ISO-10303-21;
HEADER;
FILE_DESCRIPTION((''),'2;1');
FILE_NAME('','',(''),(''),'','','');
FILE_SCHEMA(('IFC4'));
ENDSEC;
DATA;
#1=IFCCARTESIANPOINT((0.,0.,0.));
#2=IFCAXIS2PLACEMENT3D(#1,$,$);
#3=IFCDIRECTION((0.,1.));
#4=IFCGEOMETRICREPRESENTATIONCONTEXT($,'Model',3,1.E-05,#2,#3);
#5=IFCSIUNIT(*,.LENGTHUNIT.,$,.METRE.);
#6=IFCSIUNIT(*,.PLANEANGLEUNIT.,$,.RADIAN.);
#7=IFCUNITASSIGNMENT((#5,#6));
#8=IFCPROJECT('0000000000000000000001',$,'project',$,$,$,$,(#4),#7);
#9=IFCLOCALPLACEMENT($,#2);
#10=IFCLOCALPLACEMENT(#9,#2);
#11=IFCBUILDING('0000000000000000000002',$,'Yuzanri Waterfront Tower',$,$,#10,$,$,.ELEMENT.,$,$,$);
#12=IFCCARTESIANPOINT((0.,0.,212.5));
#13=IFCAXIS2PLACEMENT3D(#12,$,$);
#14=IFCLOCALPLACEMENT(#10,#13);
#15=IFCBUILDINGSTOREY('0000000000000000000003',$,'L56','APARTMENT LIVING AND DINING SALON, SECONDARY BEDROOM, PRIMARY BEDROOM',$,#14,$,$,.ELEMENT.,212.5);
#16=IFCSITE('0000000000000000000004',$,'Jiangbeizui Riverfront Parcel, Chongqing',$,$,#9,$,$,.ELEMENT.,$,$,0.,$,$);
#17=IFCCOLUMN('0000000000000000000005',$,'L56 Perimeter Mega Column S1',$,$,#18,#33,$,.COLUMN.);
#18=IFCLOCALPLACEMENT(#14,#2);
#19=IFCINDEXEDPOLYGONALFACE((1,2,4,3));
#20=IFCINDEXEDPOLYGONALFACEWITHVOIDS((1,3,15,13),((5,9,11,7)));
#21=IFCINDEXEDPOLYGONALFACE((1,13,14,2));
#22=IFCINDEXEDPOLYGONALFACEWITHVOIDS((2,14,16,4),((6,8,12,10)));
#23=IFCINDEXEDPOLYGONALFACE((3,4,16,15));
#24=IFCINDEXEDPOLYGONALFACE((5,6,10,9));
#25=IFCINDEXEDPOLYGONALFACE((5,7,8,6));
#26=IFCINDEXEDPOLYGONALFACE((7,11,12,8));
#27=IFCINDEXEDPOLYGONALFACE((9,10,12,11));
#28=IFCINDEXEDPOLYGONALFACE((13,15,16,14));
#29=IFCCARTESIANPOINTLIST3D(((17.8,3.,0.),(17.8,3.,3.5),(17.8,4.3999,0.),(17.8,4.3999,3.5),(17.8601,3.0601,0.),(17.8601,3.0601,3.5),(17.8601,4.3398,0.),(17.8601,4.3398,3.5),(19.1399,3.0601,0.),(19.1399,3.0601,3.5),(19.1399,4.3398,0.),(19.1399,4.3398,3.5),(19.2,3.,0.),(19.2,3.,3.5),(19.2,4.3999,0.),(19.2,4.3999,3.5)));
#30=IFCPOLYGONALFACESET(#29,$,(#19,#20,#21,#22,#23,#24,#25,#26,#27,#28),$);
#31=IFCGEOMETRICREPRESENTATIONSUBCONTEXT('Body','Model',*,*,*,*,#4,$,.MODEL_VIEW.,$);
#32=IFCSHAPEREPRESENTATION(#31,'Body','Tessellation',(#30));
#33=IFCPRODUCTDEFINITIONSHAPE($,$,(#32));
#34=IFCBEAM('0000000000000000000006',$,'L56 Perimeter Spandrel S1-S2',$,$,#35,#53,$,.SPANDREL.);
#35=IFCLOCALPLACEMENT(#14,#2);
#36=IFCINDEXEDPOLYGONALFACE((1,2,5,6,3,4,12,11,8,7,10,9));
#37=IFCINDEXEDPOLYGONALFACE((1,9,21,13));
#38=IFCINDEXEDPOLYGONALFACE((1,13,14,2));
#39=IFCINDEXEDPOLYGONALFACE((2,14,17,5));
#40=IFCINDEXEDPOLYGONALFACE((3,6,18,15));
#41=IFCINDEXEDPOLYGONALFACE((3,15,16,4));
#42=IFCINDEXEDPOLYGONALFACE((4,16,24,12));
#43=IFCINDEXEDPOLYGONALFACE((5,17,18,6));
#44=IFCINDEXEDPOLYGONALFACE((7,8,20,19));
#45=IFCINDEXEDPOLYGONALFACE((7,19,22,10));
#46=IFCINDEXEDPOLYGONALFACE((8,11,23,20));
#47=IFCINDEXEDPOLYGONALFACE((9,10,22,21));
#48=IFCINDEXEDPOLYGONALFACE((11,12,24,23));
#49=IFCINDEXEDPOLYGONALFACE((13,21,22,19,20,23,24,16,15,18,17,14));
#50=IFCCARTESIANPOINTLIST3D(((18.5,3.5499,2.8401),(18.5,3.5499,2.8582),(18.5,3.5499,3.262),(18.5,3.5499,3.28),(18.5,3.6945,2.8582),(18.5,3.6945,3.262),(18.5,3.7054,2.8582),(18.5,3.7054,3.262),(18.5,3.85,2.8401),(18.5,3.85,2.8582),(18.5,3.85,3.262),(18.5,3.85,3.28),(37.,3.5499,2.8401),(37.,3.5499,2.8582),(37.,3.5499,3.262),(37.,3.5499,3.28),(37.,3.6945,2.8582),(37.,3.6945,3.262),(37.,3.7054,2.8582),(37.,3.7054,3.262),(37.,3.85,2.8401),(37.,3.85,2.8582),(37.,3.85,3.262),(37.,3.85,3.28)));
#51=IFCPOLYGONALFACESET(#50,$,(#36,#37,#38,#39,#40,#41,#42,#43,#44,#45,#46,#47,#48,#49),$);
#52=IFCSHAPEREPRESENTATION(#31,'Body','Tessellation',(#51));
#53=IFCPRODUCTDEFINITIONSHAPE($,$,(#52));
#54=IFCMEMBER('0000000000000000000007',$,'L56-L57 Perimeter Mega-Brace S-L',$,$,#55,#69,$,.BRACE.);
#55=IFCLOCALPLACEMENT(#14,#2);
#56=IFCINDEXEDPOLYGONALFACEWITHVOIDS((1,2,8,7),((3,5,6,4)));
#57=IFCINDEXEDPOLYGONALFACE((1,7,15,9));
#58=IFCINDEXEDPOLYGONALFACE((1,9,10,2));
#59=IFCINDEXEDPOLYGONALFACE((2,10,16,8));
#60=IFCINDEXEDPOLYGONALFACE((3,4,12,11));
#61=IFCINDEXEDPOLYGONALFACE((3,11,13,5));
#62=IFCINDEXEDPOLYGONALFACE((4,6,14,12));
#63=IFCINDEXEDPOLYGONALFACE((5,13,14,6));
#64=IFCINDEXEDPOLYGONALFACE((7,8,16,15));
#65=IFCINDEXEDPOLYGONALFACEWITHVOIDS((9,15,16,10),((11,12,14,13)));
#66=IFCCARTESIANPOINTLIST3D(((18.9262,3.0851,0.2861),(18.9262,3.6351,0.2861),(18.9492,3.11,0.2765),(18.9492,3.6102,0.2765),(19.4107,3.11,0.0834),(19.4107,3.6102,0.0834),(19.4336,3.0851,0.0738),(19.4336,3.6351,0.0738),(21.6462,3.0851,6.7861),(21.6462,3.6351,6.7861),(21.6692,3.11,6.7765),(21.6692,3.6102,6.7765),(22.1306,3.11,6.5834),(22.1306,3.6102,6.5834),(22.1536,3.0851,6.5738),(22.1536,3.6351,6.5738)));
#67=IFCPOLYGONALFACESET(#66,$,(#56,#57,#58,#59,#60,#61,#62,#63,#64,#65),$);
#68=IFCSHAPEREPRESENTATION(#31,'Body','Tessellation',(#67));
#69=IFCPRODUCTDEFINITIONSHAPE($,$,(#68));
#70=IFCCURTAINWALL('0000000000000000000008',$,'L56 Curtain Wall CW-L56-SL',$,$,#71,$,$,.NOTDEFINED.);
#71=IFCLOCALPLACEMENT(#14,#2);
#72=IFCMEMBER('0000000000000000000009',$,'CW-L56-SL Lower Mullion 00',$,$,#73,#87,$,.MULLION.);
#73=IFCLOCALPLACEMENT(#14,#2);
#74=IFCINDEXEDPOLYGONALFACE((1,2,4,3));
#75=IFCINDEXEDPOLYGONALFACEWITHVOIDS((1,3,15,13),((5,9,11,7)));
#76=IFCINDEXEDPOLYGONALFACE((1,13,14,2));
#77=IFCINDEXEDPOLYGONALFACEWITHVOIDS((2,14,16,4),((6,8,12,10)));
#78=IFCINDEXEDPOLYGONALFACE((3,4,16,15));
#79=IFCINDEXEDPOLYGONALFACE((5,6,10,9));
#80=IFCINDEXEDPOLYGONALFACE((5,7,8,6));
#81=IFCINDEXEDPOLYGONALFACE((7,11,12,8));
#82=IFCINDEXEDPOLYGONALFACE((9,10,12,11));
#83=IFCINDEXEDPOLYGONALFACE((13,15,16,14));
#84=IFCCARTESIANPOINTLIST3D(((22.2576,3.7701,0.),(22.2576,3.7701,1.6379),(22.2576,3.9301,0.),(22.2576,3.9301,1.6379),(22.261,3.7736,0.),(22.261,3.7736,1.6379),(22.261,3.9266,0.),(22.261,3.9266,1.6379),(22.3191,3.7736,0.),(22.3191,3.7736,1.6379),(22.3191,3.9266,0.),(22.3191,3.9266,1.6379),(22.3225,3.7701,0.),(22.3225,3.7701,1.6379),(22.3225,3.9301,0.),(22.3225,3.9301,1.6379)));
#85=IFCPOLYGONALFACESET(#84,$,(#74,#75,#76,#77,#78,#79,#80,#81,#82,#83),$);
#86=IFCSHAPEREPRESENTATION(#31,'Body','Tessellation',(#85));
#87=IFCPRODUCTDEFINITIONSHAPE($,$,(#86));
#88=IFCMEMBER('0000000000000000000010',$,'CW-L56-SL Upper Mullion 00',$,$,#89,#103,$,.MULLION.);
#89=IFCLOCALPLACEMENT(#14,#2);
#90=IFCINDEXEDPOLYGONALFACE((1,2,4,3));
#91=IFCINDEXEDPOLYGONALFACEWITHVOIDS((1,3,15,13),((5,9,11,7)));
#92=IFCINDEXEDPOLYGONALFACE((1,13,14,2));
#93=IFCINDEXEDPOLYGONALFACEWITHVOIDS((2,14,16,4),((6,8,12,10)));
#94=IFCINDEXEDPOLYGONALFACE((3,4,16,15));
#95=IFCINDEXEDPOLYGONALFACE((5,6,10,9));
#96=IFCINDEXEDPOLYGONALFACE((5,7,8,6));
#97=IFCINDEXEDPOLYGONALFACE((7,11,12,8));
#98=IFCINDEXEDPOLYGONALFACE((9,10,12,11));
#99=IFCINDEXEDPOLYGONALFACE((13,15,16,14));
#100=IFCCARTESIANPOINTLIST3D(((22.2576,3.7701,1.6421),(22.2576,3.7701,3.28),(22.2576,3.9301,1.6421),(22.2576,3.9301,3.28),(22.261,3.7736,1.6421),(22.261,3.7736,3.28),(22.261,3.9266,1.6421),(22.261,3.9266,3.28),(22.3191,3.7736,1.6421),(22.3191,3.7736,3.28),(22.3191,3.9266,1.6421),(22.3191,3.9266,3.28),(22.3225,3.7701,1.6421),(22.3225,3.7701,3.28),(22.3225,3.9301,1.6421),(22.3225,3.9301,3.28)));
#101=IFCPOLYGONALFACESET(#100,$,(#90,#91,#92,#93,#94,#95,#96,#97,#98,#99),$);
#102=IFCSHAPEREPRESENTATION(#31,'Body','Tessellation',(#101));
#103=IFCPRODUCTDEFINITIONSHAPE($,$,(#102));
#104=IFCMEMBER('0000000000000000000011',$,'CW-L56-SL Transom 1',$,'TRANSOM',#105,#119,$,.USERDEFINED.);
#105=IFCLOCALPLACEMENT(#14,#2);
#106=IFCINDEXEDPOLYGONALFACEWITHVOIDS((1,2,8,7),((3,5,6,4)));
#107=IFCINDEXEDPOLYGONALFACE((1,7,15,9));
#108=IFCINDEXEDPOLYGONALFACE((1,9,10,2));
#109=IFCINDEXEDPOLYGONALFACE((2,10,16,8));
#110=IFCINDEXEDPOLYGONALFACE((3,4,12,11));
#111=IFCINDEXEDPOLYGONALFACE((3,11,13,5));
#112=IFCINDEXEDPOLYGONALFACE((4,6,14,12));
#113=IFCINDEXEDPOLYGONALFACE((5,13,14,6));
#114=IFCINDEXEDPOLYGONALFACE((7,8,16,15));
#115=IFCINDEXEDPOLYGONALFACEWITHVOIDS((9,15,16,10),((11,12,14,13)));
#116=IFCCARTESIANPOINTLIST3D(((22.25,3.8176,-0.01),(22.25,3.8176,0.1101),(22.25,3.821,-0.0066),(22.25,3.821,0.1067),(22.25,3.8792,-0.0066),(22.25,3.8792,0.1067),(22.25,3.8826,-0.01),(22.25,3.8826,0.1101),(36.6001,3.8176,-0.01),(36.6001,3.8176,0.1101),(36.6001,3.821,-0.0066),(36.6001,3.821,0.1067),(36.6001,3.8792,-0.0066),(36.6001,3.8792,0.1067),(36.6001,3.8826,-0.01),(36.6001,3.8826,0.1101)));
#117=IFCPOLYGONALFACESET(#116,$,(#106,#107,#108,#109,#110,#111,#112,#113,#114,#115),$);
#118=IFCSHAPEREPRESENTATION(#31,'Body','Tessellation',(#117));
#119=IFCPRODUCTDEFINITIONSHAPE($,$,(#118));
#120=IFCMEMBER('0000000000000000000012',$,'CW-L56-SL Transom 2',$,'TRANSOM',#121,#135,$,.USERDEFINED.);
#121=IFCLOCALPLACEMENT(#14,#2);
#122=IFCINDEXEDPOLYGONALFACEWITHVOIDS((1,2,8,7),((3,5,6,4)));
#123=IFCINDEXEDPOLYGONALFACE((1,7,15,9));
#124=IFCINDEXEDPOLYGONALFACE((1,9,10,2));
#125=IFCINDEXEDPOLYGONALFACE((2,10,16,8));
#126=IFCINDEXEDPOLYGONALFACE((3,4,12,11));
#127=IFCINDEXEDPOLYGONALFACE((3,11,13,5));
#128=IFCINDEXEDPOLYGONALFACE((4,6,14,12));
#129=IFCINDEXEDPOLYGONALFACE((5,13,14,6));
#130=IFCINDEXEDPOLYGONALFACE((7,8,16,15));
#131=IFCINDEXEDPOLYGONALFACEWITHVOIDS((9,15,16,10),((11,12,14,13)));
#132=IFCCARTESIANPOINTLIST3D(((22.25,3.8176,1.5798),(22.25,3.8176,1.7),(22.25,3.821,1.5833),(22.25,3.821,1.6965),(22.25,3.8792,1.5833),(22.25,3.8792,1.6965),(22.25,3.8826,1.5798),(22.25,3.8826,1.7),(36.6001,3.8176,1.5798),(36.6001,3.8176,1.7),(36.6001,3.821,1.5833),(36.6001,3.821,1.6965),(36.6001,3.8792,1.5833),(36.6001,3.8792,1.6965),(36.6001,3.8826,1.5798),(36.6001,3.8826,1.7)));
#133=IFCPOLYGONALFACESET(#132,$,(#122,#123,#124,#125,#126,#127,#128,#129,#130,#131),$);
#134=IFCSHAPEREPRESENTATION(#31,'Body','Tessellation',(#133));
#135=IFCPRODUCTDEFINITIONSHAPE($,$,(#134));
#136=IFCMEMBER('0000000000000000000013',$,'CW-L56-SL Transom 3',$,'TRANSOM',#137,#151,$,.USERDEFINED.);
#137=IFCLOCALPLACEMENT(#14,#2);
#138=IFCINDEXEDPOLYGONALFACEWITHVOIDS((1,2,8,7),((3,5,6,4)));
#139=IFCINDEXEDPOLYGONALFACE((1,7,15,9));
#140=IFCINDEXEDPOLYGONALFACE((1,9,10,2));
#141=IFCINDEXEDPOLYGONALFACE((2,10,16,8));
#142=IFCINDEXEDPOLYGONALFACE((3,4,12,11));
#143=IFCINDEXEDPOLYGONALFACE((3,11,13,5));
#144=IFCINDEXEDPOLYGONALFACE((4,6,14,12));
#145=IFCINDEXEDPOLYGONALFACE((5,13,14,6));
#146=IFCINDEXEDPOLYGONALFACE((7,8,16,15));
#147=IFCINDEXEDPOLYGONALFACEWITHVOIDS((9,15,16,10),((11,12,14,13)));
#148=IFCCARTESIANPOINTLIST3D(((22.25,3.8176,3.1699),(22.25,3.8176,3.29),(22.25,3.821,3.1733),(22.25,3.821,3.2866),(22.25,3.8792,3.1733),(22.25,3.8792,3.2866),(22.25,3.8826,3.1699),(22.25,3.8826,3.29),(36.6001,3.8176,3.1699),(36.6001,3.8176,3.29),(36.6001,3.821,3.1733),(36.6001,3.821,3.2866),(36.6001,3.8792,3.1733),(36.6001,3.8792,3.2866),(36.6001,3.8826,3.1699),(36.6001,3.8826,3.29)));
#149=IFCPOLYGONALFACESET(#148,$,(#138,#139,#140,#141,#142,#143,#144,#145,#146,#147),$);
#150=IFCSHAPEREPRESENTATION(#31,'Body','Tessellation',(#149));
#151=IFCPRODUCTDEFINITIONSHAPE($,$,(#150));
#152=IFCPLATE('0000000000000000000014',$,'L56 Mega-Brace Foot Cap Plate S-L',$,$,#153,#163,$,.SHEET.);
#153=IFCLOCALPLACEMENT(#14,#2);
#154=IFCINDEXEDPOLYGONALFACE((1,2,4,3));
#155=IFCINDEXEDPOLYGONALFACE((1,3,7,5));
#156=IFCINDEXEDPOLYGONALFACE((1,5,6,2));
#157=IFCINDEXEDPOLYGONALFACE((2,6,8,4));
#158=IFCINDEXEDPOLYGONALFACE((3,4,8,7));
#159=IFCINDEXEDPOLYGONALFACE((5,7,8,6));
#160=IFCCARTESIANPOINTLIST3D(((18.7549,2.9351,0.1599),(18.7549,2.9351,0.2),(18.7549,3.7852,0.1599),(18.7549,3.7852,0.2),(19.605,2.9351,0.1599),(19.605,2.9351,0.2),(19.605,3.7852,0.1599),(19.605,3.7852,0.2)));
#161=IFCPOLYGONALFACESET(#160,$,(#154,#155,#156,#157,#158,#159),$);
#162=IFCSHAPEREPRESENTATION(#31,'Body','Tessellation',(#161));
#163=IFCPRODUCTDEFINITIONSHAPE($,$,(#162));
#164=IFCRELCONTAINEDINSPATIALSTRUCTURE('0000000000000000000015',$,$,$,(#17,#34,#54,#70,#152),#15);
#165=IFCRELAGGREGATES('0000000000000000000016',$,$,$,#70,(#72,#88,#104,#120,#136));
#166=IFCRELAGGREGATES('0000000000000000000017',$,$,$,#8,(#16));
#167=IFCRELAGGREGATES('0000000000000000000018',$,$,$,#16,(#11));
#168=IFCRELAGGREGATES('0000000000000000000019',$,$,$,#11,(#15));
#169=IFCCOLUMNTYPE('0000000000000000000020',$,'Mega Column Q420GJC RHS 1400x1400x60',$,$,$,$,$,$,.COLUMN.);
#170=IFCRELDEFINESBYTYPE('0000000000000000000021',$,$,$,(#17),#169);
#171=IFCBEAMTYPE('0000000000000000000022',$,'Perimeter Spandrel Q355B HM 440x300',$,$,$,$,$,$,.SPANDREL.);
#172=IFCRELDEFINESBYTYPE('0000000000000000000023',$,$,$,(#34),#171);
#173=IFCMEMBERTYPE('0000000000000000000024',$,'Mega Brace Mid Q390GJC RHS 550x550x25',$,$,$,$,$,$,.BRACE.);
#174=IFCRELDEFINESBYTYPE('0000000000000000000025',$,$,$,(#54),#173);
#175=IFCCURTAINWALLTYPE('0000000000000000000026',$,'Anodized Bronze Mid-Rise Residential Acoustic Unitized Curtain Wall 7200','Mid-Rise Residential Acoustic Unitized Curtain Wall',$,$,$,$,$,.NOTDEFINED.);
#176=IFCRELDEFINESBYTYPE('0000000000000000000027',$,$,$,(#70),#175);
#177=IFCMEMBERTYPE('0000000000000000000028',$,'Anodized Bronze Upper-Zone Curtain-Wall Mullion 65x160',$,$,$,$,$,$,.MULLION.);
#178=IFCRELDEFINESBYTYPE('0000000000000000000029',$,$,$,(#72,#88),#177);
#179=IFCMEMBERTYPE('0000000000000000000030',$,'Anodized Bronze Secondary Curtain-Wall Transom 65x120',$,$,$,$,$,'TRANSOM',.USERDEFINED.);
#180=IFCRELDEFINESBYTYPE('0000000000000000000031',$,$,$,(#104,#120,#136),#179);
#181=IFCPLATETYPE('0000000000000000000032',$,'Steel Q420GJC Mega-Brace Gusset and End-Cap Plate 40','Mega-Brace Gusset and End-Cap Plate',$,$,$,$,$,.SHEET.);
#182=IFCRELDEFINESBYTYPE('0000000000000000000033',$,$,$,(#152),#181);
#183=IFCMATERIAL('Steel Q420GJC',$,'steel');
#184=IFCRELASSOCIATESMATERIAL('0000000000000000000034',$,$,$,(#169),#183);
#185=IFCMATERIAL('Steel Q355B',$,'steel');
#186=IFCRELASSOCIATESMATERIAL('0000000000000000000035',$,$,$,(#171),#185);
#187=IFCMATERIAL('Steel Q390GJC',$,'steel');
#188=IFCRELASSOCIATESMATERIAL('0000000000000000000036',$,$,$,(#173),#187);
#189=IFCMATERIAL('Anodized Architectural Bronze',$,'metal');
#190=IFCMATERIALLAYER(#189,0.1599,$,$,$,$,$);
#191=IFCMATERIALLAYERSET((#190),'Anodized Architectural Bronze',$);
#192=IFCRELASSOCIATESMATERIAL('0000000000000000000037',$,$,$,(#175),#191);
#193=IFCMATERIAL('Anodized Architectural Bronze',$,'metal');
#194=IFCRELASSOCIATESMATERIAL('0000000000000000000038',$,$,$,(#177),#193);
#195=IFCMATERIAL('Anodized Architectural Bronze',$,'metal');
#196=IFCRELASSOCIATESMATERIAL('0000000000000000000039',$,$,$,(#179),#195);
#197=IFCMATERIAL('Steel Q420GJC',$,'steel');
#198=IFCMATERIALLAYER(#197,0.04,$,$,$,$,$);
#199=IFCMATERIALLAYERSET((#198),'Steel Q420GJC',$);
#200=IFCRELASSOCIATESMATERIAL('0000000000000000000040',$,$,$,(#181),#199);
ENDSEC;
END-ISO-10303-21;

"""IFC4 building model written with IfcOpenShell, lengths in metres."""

from ifc_helpers import new_model, si_unit, direction, frame, origin, origin_2d, place, context, subcontext, project, spatial, rectangle, hollow_rectangle, i_section, extrude, source, transform, mapped, material, layer, layer_set, material_profile, profile_set, type_object, element, aggregate, save


model = new_model("IFC4")

# Units and contexts
model_context = context("Model", 3, precision=1e-05, world=origin(), true_north=direction((0.0, 1.0)))
body_context = subcontext(model_context, "Body", "Model", "MODEL_VIEW")
ifc_project = project(units=[si_unit("LENGTHUNIT", "METRE"), si_unit("PLANEANGLEUNIT", "RADIAN")], contexts=[model_context])

# Site, building, storey
site_placement = place(None, origin())
site = spatial("IfcSite", under=ifc_project, at=site_placement, Name="Jiangbeizui Riverfront Parcel, Chongqing", CompositionType="ELEMENT", RefElevation=0.0)
building_placement = place(site_placement, origin())
building = spatial("IfcBuilding", under=site, at=building_placement, Name="Yuzanri Waterfront Tower", CompositionType="ELEMENT")
storey_placement = place(building_placement, frame((0.0, 0.0, 212.5)))
storey = spatial("IfcBuildingStorey", under=building, at=storey_placement, Name="L56", Description="APARTMENT LIVING AND DINING SALON, SECONDARY BEDROOM, PRIMARY BEDROOM", CompositionType="ELEMENT", Elevation=212.5)

# Column
ifc_material_1 = material(Name="Steel Q420GJC", Category="steel")
ifc_material_profile_1 = material_profile(ifc_material_1, hollow_rectangle(XDim=1.3999, YDim=1.3999, WallThickness=0.0601, at=origin_2d()), Name="RHS 1400x1400x60")
ifc_profile_set_1 = profile_set([ifc_material_profile_1], Name="Steel Q420GJC")
column_type = type_object("IfcColumnType", Name="Mega Column Q420GJC RHS 1400x1400x60", PredefinedType="COLUMN", material=ifc_profile_set_1)
shared_shape_1 = source(origin(), body_context, "Body", "SweptSolid", [
    extrude(hollow_rectangle(XDim=1.3999, YDim=1.3999, WallThickness=0.0601, at=origin_2d()), origin(), (0.0, 0.0, 1.0), 3.5),
])
column_placement = place(storey_placement, frame((18.5, 3.7, 0.0), z_axis=(0.0, 0.0, 1.0), x_axis=(1.0, 0.0, 0.0)))
element("IfcColumn", 1, at=column_placement, inside=storey, type_object=column_type, Name="L56 Perimeter Mega Column S1", PredefinedType="COLUMN", context=body_context, shape_type="MappedRepresentation", body=[
    mapped(shared_shape_1, transform((0.0, 0.0, 0.0), scale=1.0)),
])

# Beam
ifc_material_2 = material(Name="Steel Q355B", Category="steel")
ifc_material_profile_2 = material_profile(ifc_material_2, i_section(OverallWidth=0.3, OverallDepth=0.4399, WebThickness=0.011, FlangeThickness=0.0181, at=origin_2d()), Name="HM 440x300x11x18")
ifc_profile_set_2 = profile_set([ifc_material_profile_2], Name="Steel Q355B")
beam_type = type_object("IfcBeamType", Name="Perimeter Spandrel Q355B HM 440x300", PredefinedType="SPANDREL", material=ifc_profile_set_2)
shared_shape_2 = source(origin(), body_context, "Body", "SweptSolid", [
    extrude(i_section(OverallWidth=0.3, OverallDepth=0.4399, WebThickness=0.011, FlangeThickness=0.0181, at=origin_2d()), origin(), (0.0, 0.0, 1.0), 18.5),
])
beam_placement = place(storey_placement, frame((18.5, 3.7, 3.0601), z_axis=(1.0, 0.0, 0.0), x_axis=(0.0, 1.0, 0.0)))
element("IfcBeam", 2, at=beam_placement, inside=storey, type_object=beam_type, Name="L56 Perimeter Spandrel S1-S2", PredefinedType="SPANDREL", context=body_context, shape_type="MappedRepresentation", body=[
    mapped(shared_shape_2, transform((0.0, 0.0, 0.0), scale=1.0)),
])

# Member
ifc_material_3 = material(Name="Steel Q390GJC", Category="steel")
ifc_material_profile_3 = material_profile(ifc_material_3, hollow_rectangle(XDim=0.55, YDim=0.55, WallThickness=0.0249, at=origin_2d()), Name="RHS 550x550x25")
ifc_profile_set_3 = profile_set([ifc_material_profile_3], Name="Steel Q390GJC")
member_type_1 = type_object("IfcMemberType", Name="Mega Brace Mid Q390GJC RHS 550x550x25", PredefinedType="BRACE", material=ifc_profile_set_3)
shared_shape_3 = source(origin(), body_context, "Body", "SweptSolid", [
    extrude(hollow_rectangle(XDim=0.55, YDim=0.55, WallThickness=0.0249, at=origin_2d()), origin(), (0.0, 0.0, 1.0), 7.0461),
])
member_1_placement = place(storey_placement, frame((19.1799, 3.3601, 0.1799), z_axis=(0.386022, 0.0, 0.922489), x_axis=(0.0, 1.0, 0.0)))
element("IfcMember", 3, at=member_1_placement, inside=storey, type_object=member_type_1, Name="L56-L57 Perimeter Mega-Brace S-L", PredefinedType="BRACE", context=body_context, shape_type="MappedRepresentation", body=[
    mapped(shared_shape_3, transform((0.0, 0.0, 0.0), scale=1.0)),
])

# Curtain wall, members
ifc_material_4 = material(Name="Anodized Architectural Bronze", Category="metal")
ifc_layer_1 = layer(ifc_material_4, 0.1599)
ifc_layer_set_1 = layer_set([ifc_layer_1], Name="Anodized Architectural Bronze")
curtain_wall_type = type_object("IfcCurtainWallType", Name="Anodized Bronze Mid-Rise Residential Acoustic Unitized Curtain Wall 7200", Description="Mid-Rise Residential Acoustic Unitized Curtain Wall", PredefinedType="NOTDEFINED", material=ifc_layer_set_1)
curtain_wall_placement = place(storey_placement, origin())
curtain_wall = element("IfcCurtainWall", 4, at=curtain_wall_placement, inside=storey, type_object=curtain_wall_type, Name="L56 Curtain Wall CW-L56-SL", PredefinedType="NOTDEFINED")
ifc_material_5 = material(Name="Anodized Architectural Bronze", Category="metal")
ifc_material_profile_4 = material_profile(ifc_material_5, hollow_rectangle(XDim=0.0649, YDim=0.1599, WallThickness=0.0034, at=origin_2d()), Name="CWM 65x160")
ifc_profile_set_4 = profile_set([ifc_material_profile_4], Name="Anodized Architectural Bronze")
member_type_2 = type_object("IfcMemberType", Name="Anodized Bronze Upper-Zone Curtain-Wall Mullion 65x160", PredefinedType="MULLION", material=ifc_profile_set_4)
shared_shape_4 = source(origin(), body_context, "Body", "SweptSolid", [
    extrude(hollow_rectangle(XDim=0.0649, YDim=0.1599, WallThickness=0.0034, at=origin_2d()), origin(), (0.0, 0.0, 1.0), 1.6379),
])
member_2_placement = place(storey_placement, frame((22.29, 3.8501, 0.0), z_axis=(0.0, 0.0, 1.0), x_axis=(1.0, 0.0, 0.0)))
member_2 = element("IfcMember", 5, at=member_2_placement, type_object=member_type_2, Name="CW-L56-SL Lower Mullion 00", PredefinedType="MULLION", context=body_context, shape_type="MappedRepresentation", body=[
    mapped(shared_shape_4, transform((0.0, 0.0, 0.0), scale=1.0)),
])
member_3_placement = place(storey_placement, frame((22.29, 3.8501, 1.6421), z_axis=(0.0, 0.0, 1.0), x_axis=(1.0, 0.0, 0.0)))
member_3 = element("IfcMember", 6, at=member_3_placement, type_object=member_type_2, Name="CW-L56-SL Upper Mullion 00", PredefinedType="MULLION", context=body_context, shape_type="MappedRepresentation", body=[
    mapped(shared_shape_4, transform((0.0, 0.0, 0.0), scale=1.0)),
])
ifc_material_6 = material(Name="Anodized Architectural Bronze", Category="metal")
ifc_material_profile_5 = material_profile(ifc_material_6, hollow_rectangle(XDim=0.0649, YDim=0.1201, WallThickness=0.0034, at=origin_2d()), Name="CWT 65x120")
ifc_profile_set_5 = profile_set([ifc_material_profile_5], Name="Anodized Architectural Bronze")
member_type_3 = type_object("IfcMemberType", Name="Anodized Bronze Secondary Curtain-Wall Transom 65x120", ElementType="TRANSOM", PredefinedType="USERDEFINED", material=ifc_profile_set_5)
shared_shape_5 = source(origin(), body_context, "Body", "SweptSolid", [
    extrude(hollow_rectangle(XDim=0.0649, YDim=0.1201, WallThickness=0.0034, at=origin_2d()), origin(), (0.0, 0.0, 1.0), 14.3501),
])
member_4_placement = place(storey_placement, frame((22.25, 3.8501, 0.05), z_axis=(1.0, 0.0, 0.0), x_axis=(0.0, 1.0, 0.0)))
member_4 = element("IfcMember", 7, at=member_4_placement, type_object=member_type_3, Name="CW-L56-SL Transom 1", ObjectType="TRANSOM", PredefinedType="USERDEFINED", context=body_context, shape_type="MappedRepresentation", body=[
    mapped(shared_shape_5, transform((0.0, 0.0, 0.0), scale=1.0)),
])
member_5_placement = place(storey_placement, frame((22.25, 3.8501, 1.6399), z_axis=(1.0, 0.0, 0.0), x_axis=(0.0, 1.0, 0.0)))
member_5 = element("IfcMember", 8, at=member_5_placement, type_object=member_type_3, Name="CW-L56-SL Transom 2", ObjectType="TRANSOM", PredefinedType="USERDEFINED", context=body_context, shape_type="MappedRepresentation", body=[
    mapped(shared_shape_5, transform((0.0, 0.0, 0.0), scale=1.0)),
])
member_6_placement = place(storey_placement, frame((22.25, 3.8501, 3.23), z_axis=(1.0, 0.0, 0.0), x_axis=(0.0, 1.0, 0.0)))
member_6 = element("IfcMember", 9, at=member_6_placement, type_object=member_type_3, Name="CW-L56-SL Transom 3", ObjectType="TRANSOM", PredefinedType="USERDEFINED", context=body_context, shape_type="MappedRepresentation", body=[
    mapped(shared_shape_5, transform((0.0, 0.0, 0.0), scale=1.0)),
])
aggregate(curtain_wall, [member_2, member_3, member_4, member_5, member_6])

# Plate
ifc_material_7 = material(Name="Steel Q420GJC", Category="steel")
ifc_layer_2 = layer(ifc_material_7, 0.04)
ifc_layer_set_2 = layer_set([ifc_layer_2], Name="Steel Q420GJC")
plate_type = type_object("IfcPlateType", Name="Steel Q420GJC Mega-Brace Gusset and End-Cap Plate 40", Description="Mega-Brace Gusset and End-Cap Plate", PredefinedType="SHEET", material=ifc_layer_set_2)
shared_shape_6 = source(origin(), body_context, "Body", "SweptSolid", [
    extrude(rectangle(XDim=0.8501, YDim=0.8501, at=origin_2d()), origin(), (0.0, 0.0, 1.0), 0.04),
])
plate_placement = place(storey_placement, frame((19.1799, 3.3601, 0.1599), z_axis=(0.0, 0.0, 1.0), x_axis=(1.0, 0.0, 0.0)))
element("IfcPlate", 10, at=plate_placement, inside=storey, type_object=plate_type, Name="L56 Mega-Brace Foot Cap Plate S-L", PredefinedType="SHEET", context=body_context, shape_type="MappedRepresentation", body=[
    mapped(shared_shape_6, transform((0.0, 0.0, 0.0), scale=1.0)),
])

save(model, "model.ifc")
